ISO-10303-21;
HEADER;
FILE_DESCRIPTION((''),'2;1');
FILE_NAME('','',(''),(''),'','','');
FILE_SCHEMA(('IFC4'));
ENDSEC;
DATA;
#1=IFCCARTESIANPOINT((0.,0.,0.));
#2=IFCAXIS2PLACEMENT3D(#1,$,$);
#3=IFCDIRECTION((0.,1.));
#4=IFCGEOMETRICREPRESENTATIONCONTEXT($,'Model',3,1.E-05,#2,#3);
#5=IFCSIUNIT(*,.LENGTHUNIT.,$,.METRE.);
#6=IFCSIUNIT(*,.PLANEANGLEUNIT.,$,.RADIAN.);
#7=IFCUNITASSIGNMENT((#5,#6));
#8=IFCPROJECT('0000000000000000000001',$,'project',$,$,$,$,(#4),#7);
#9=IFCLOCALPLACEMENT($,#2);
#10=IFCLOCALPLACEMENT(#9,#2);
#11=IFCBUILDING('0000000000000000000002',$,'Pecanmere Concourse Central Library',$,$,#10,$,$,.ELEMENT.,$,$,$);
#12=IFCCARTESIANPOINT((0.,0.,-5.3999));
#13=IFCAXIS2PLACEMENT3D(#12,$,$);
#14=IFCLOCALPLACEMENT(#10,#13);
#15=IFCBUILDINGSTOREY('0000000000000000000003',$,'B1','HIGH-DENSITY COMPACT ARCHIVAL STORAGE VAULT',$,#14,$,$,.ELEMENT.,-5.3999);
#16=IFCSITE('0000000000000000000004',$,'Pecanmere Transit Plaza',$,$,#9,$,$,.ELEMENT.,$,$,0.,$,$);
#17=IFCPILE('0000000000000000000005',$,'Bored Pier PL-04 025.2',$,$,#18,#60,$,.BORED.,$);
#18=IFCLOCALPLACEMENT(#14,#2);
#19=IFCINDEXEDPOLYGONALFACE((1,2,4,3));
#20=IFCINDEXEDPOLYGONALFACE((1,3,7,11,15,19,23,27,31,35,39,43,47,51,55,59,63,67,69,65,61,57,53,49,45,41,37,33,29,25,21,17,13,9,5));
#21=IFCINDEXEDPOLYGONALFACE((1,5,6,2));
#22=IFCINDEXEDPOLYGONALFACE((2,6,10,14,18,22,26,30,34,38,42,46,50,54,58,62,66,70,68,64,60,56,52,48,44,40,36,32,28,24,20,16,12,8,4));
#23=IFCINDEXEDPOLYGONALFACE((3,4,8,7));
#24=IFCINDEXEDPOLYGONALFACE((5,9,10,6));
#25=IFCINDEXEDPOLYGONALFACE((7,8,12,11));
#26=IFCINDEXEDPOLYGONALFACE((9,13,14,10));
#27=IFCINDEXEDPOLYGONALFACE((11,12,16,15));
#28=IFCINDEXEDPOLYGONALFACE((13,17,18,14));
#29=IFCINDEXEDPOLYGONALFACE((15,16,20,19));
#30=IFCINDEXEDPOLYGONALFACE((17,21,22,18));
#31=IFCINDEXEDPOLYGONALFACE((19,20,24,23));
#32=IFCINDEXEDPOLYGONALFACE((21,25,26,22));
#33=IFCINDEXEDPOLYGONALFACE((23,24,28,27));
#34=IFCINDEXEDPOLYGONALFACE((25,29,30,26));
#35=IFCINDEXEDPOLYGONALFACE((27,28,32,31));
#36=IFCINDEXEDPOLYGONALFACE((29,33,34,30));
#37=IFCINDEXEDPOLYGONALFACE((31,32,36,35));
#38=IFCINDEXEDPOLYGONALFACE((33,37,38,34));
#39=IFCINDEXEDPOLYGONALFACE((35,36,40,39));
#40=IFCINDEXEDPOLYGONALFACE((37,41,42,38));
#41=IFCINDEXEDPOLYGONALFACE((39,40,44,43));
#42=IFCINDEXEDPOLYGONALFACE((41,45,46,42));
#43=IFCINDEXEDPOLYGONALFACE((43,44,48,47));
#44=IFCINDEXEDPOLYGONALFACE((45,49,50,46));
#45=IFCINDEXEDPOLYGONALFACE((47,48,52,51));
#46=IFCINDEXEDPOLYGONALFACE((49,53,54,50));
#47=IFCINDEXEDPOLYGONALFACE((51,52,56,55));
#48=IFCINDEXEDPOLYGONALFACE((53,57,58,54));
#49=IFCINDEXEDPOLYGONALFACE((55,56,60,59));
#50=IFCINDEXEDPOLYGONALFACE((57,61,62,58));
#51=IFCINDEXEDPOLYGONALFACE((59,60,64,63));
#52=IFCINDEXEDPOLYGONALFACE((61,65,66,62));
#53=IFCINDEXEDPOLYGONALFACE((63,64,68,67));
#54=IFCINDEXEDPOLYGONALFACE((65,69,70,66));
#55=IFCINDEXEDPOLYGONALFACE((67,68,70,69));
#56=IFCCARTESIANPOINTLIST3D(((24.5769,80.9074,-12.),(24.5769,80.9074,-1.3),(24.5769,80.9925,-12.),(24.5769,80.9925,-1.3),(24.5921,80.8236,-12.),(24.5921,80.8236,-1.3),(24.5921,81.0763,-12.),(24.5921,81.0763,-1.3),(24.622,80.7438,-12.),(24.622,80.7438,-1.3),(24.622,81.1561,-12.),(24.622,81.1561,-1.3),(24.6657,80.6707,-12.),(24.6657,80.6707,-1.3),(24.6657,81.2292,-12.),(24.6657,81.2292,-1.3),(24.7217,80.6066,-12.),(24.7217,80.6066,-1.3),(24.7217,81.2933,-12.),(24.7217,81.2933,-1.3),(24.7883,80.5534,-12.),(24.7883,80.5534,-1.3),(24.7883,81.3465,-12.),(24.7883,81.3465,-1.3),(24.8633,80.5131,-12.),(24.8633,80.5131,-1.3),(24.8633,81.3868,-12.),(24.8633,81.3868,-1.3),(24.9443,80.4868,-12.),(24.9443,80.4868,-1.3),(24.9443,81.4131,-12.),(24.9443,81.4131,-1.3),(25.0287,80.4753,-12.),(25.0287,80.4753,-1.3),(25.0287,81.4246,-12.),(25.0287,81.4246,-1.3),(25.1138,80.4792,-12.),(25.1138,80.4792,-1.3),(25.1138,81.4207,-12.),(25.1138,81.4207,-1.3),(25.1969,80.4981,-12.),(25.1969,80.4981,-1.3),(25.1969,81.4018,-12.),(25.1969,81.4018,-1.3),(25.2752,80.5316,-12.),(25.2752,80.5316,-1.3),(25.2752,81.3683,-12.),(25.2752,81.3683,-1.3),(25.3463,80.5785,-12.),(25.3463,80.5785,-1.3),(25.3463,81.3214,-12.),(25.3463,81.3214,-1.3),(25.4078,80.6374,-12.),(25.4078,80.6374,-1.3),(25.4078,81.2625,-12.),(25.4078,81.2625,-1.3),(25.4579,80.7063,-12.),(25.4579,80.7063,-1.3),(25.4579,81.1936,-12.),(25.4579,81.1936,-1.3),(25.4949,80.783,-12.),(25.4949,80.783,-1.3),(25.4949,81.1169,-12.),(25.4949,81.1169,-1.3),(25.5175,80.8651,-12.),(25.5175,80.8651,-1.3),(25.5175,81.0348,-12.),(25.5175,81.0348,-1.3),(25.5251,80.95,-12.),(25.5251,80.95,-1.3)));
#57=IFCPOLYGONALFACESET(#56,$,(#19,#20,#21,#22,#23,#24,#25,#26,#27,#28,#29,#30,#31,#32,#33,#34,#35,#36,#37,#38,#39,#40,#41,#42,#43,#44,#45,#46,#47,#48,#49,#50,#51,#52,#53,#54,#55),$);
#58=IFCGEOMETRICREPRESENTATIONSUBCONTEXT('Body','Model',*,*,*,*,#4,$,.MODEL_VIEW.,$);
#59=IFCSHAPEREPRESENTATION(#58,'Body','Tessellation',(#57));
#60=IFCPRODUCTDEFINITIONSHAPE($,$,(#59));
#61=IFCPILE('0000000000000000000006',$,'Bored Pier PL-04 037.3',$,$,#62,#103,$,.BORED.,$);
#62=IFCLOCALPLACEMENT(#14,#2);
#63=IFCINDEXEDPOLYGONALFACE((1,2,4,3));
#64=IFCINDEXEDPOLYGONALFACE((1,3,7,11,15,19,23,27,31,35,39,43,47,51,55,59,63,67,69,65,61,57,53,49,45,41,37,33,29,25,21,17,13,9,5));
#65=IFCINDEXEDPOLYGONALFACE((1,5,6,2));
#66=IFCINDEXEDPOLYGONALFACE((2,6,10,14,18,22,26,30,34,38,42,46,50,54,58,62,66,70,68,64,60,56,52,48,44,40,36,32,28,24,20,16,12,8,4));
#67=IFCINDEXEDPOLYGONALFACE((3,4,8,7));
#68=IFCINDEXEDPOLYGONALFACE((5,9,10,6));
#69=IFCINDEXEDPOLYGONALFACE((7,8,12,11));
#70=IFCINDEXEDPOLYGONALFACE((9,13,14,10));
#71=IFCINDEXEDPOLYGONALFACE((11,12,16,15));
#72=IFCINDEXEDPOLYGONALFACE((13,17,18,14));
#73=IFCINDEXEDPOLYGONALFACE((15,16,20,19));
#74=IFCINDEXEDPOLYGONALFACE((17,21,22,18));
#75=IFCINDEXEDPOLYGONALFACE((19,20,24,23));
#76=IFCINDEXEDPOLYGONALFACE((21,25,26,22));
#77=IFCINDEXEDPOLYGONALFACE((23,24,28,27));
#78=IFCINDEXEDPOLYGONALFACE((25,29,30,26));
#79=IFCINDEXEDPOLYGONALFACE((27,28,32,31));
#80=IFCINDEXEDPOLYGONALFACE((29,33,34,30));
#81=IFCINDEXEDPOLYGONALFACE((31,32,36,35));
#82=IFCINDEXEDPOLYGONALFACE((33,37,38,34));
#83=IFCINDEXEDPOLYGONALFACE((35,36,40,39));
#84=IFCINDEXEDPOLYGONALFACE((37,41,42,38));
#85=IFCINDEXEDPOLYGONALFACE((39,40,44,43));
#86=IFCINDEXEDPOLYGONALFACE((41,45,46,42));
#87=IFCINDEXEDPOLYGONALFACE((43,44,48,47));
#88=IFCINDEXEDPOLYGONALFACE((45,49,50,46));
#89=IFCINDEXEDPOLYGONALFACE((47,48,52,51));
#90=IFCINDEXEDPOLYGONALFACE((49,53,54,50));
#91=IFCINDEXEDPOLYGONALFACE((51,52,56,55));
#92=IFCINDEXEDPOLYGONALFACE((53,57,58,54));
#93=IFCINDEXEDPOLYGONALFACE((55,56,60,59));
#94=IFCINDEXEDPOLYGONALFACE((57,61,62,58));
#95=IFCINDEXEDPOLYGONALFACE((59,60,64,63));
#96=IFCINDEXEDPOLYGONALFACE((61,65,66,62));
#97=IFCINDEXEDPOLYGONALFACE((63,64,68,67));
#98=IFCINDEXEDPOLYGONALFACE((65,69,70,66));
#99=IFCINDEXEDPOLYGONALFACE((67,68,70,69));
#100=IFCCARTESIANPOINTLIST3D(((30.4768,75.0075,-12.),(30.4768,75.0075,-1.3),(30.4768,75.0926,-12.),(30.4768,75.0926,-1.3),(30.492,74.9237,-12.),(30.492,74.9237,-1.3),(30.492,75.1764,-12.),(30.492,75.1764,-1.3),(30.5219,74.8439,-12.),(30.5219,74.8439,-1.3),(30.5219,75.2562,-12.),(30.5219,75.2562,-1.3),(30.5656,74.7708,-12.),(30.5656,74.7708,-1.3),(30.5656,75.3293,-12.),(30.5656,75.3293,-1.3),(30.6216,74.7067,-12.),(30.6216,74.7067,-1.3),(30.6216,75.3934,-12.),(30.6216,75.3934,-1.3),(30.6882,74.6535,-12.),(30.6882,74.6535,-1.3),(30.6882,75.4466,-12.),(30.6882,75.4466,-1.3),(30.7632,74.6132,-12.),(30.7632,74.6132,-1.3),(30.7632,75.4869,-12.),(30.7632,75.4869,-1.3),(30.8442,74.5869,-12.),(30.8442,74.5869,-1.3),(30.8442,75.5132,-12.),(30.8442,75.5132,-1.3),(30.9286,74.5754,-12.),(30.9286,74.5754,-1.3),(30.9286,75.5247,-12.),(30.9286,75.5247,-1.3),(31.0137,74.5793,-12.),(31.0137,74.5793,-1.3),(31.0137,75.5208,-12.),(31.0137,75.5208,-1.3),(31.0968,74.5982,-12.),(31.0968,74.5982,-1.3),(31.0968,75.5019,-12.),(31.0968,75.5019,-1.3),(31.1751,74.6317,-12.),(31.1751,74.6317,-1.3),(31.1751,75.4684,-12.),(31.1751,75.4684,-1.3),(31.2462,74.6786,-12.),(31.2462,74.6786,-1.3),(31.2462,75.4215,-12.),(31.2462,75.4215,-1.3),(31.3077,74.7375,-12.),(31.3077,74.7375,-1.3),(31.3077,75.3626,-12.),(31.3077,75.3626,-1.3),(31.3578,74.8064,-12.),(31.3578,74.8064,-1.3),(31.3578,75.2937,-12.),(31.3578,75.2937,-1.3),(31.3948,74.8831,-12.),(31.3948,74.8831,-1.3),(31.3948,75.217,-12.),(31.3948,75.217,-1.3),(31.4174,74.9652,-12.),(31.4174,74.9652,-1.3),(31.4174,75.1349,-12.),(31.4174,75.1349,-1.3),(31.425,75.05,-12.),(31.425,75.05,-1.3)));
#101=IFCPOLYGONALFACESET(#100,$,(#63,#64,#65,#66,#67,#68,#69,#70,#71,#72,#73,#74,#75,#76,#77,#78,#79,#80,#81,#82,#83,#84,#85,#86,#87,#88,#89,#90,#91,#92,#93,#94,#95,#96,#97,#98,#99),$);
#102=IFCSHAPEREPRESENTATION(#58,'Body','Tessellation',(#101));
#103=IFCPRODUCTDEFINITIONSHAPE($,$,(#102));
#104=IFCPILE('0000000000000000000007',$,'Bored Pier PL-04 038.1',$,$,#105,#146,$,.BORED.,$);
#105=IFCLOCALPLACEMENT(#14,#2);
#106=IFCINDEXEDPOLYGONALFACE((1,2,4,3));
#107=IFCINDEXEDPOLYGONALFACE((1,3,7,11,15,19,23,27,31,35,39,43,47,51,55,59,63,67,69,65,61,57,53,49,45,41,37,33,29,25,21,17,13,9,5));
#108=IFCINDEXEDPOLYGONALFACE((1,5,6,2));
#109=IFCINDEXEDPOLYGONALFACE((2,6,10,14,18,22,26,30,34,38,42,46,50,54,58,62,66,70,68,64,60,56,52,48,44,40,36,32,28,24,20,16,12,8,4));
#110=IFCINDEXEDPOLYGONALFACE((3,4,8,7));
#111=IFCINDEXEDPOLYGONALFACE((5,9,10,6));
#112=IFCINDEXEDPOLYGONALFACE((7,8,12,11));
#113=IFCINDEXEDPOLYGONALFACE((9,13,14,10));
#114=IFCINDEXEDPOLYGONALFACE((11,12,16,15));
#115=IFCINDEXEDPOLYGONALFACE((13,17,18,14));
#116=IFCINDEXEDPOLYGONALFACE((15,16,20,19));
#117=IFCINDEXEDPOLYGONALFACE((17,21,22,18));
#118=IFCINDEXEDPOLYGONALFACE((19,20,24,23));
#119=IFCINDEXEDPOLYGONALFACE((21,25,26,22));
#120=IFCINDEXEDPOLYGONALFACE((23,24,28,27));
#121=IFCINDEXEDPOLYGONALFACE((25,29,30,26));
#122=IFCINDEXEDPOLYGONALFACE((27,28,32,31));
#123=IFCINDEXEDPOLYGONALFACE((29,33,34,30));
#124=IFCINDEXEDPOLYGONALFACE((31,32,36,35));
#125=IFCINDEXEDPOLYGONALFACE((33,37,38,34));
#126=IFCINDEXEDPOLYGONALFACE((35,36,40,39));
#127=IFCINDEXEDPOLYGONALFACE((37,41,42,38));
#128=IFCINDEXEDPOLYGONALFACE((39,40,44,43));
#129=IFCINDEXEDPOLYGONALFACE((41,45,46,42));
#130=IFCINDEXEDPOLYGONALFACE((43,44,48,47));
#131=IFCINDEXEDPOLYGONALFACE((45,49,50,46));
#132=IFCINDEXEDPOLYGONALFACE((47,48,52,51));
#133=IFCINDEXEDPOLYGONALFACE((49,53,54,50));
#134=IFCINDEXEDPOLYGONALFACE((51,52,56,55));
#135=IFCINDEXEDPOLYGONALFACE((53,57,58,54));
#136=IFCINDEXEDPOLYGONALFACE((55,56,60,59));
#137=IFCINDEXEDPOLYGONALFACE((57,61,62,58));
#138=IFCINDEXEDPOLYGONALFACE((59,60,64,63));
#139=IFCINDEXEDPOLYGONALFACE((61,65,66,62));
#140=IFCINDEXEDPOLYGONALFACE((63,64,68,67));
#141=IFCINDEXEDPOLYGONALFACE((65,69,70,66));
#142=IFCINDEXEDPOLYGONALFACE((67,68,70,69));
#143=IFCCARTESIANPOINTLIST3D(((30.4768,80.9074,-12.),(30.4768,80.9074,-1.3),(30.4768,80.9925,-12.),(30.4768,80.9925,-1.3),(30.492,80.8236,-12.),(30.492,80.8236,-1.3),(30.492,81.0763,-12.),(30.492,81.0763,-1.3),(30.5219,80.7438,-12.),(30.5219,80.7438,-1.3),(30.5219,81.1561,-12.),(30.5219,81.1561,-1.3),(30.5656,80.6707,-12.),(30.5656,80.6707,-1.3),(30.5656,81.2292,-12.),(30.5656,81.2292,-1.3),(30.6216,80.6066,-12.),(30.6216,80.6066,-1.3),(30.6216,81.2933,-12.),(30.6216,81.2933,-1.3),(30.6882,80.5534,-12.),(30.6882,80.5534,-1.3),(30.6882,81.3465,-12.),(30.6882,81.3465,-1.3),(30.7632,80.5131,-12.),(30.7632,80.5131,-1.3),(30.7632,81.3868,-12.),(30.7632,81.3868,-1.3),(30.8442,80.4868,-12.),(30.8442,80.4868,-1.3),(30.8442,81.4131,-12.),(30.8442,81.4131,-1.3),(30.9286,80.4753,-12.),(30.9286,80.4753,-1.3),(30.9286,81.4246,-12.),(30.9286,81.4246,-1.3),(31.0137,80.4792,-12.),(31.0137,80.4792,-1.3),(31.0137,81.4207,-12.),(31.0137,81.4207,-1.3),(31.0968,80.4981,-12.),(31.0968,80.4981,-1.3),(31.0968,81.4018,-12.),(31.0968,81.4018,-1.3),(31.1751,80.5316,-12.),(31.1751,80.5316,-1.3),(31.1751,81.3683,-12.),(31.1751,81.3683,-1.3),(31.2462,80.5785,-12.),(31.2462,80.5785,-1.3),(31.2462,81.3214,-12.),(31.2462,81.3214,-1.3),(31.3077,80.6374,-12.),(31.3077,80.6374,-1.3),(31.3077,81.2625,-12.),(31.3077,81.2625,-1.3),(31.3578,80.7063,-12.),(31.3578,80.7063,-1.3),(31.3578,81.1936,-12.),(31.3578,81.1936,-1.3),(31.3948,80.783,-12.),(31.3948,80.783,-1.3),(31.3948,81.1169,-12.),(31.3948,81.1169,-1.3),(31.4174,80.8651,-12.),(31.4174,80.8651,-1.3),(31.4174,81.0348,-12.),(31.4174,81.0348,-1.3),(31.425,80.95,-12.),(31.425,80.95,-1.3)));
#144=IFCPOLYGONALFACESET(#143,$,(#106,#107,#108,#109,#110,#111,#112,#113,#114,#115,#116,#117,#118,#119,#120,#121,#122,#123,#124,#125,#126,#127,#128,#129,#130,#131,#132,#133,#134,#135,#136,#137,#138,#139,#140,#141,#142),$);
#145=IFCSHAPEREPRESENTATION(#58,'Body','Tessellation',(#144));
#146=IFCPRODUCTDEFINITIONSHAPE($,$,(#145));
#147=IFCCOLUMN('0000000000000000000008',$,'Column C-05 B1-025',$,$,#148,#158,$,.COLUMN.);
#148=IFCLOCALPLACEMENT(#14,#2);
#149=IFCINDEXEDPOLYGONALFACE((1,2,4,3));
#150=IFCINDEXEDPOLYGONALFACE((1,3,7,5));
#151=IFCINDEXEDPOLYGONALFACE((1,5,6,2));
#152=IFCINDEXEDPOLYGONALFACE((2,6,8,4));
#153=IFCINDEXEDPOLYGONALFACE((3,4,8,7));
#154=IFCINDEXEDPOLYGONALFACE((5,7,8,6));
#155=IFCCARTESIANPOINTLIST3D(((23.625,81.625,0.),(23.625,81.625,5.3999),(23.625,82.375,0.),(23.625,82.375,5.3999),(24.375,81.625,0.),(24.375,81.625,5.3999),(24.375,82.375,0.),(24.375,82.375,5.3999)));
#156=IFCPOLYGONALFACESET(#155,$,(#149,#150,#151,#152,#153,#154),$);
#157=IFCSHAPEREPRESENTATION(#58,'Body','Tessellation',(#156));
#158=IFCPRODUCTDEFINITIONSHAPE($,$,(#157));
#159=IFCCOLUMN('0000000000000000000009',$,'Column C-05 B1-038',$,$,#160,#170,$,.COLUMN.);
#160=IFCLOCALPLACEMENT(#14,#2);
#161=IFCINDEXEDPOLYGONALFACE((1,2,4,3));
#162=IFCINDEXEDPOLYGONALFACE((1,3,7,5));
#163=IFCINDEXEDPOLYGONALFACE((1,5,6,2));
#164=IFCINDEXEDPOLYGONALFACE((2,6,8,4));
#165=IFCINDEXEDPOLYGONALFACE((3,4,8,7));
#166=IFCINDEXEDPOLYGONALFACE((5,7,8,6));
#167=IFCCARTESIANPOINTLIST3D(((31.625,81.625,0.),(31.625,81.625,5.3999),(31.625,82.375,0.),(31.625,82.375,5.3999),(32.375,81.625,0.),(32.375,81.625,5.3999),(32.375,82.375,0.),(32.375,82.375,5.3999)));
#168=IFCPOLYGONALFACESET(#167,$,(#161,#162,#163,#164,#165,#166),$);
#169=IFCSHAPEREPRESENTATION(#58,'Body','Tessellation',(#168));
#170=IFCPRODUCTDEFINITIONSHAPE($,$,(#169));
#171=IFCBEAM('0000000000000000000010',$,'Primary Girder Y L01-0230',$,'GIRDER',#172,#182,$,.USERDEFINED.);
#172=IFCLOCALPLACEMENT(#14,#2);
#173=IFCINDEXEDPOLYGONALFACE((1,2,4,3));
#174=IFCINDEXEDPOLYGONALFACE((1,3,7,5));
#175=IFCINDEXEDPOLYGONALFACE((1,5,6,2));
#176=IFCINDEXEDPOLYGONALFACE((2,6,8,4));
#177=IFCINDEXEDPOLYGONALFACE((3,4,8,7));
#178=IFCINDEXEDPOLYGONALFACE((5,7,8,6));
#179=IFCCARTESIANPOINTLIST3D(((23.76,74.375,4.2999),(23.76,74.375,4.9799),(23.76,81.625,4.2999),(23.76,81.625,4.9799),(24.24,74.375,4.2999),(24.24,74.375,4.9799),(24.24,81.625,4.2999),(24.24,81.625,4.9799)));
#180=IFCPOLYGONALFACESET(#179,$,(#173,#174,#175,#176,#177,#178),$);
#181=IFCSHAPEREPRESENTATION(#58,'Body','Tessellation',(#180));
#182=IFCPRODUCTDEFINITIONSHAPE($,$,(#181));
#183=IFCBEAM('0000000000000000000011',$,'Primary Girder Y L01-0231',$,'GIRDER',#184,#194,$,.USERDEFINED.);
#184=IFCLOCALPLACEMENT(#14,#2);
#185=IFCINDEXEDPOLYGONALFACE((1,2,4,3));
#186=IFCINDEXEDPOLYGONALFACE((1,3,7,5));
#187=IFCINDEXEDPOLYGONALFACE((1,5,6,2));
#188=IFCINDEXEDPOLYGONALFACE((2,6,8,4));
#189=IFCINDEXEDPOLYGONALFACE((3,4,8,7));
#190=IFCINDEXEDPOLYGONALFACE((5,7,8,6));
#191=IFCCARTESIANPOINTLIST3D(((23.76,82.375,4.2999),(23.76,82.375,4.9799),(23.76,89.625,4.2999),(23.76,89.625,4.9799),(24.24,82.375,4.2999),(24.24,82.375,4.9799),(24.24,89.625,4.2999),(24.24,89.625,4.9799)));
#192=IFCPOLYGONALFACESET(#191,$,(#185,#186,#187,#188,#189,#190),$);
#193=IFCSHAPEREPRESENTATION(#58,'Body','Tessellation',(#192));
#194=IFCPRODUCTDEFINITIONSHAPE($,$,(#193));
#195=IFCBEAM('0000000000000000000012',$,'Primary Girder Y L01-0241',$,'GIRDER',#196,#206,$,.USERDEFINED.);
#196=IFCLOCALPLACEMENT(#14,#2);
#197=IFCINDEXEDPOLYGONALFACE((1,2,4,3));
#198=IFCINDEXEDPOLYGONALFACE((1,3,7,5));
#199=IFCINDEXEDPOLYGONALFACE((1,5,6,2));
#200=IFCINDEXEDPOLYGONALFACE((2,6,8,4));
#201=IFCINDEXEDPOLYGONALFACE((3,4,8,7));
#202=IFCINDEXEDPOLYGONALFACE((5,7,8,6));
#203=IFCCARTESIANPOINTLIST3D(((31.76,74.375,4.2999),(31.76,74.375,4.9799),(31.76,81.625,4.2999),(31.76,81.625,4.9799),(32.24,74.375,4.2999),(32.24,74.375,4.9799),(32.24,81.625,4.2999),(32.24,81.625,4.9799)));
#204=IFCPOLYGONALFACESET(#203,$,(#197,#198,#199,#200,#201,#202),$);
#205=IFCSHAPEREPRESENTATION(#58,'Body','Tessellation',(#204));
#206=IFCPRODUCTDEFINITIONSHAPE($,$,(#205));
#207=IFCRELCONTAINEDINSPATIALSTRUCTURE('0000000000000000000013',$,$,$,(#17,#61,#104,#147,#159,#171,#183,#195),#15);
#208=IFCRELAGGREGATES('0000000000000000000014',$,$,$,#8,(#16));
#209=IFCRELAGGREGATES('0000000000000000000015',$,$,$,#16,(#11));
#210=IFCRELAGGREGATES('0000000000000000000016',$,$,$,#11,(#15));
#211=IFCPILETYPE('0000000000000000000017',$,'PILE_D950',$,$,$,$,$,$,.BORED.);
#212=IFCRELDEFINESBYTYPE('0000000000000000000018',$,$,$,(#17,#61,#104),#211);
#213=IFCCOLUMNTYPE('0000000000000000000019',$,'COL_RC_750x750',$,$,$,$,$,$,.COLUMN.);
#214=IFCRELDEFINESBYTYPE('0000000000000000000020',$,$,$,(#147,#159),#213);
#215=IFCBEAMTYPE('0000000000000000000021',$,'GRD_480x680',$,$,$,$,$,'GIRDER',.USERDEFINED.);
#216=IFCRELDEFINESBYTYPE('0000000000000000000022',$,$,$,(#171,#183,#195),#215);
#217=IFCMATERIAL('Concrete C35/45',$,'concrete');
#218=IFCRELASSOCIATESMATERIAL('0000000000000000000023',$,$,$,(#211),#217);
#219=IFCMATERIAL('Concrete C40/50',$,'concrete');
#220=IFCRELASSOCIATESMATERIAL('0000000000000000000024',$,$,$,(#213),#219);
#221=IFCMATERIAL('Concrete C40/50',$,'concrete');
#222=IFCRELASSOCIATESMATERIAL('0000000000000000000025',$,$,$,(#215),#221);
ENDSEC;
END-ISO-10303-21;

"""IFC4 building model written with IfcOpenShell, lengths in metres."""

from ifc_helpers import new_model, si_unit, direction, frame, origin, origin_2d, place, context, subcontext, project, spatial, rectangle, circle, extrude, material, material_profile, profile_set, type_object, element, save


model = new_model("IFC4")

# Units and contexts
model_context = context("Model", 3, precision=1e-05, world=origin(), true_north=direction((0.0, 1.0)))
body_context = subcontext(model_context, "Body", "Model", "MODEL_VIEW")
ifc_project = project(units=[si_unit("LENGTHUNIT", "METRE"), si_unit("PLANEANGLEUNIT", "RADIAN")], contexts=[model_context])

# Site, building, storey
site_placement = place(None, origin())
site = spatial("IfcSite", under=ifc_project, at=site_placement, Name="Pecanmere Transit Plaza", CompositionType="ELEMENT", RefElevation=0.0)
building_placement = place(site_placement, origin())
building = spatial("IfcBuilding", under=site, at=building_placement, Name="Pecanmere Concourse Central Library", CompositionType="ELEMENT")
storey_placement = place(building_placement, frame((0.0, 0.0, -5.3999)))
storey = spatial("IfcBuildingStorey", under=building, at=storey_placement, Name="B1", Description="HIGH-DENSITY COMPACT ARCHIVAL STORAGE VAULT", CompositionType="ELEMENT", Elevation=-5.3999)

# Piles
ifc_material_1 = material(Name="Concrete C35/45", Category="concrete")
ifc_material_profile_1 = material_profile(ifc_material_1, circle(Radius=0.4751, at=origin_2d()), Name="PIER D950")
ifc_profile_set_1 = profile_set([ifc_material_profile_1], Name="Concrete C35/45")
pile_type = type_object("IfcPileType", Name="PILE_D950", PredefinedType="BORED", material=ifc_profile_set_1)
for number, where, z_axis, x_axis, name in (
    (1, (25.05, 80.95, -1.3), (0.0, 0.0, -1.0), (1.0, 0.0, 0.0), "Bored Pier PL-04 025.2"),
    (2, (30.95, 75.05, -1.3), (0.0, 0.0, -1.0), (1.0, 0.0, 0.0), "Bored Pier PL-04 037.3"),
    (3, (30.95, 80.95, -1.3), (0.0, 0.0, -1.0), (1.0, 0.0, 0.0), "Bored Pier PL-04 038.1"),
):
    element("IfcPile", number, at=place(storey_placement, frame(where, z_axis=z_axis, x_axis=x_axis)), inside=storey, type_object=pile_type, Name=name, PredefinedType="BORED", context=body_context, shape_type="SweptSolid", body=[
        extrude(circle(Radius=0.4751, at=origin_2d()), origin(), (0.0, 0.0, 1.0), 10.7),
    ])

# Columns
ifc_material_2 = material(Name="Concrete C40/50", Category="concrete")
ifc_material_profile_2 = material_profile(ifc_material_2, rectangle(XDim=0.75, YDim=0.75, at=origin_2d()), Name="RC 750x750")
ifc_profile_set_2 = profile_set([ifc_material_profile_2], Name="Concrete C40/50")
column_type = type_object("IfcColumnType", Name="COL_RC_750x750", PredefinedType="COLUMN", material=ifc_profile_set_2)
for number, where, z_axis, x_axis, name in (
    (4, (24.0, 82.0, 0.0), (0.0, 0.0, 1.0), (1.0, 0.0, 0.0), "Column C-05 B1-025"),
    (5, (32.0, 82.0, 0.0), (0.0, 0.0, 1.0), (1.0, 0.0, 0.0), "Column C-05 B1-038"),
):
    element("IfcColumn", number, at=place(storey_placement, frame(where, z_axis=z_axis, x_axis=x_axis)), inside=storey, type_object=column_type, Name=name, PredefinedType="COLUMN", context=body_context, shape_type="SweptSolid", body=[
        extrude(rectangle(XDim=0.75, YDim=0.75, at=origin_2d()), origin(), (0.0, 0.0, 1.0), 5.3999),
    ])

# Beams
ifc_material_3 = material(Name="Concrete C40/50", Category="concrete")
ifc_material_profile_3 = material_profile(ifc_material_3, rectangle(XDim=0.48, YDim=0.6799, at=origin_2d()), Name="RC 480x680")
ifc_profile_set_3 = profile_set([ifc_material_profile_3], Name="Concrete C40/50")
beam_type_1 = type_object("IfcBeamType", Name="GRD_480x680", ElementType="GIRDER", PredefinedType="USERDEFINED", material=ifc_profile_set_3)
for number, where, z_axis, x_axis, name in (
    (6, (24.0, 74.375, 4.6399), (0.0, 1.0, 0.0), (-1.0, 0.0, 0.0), "Primary Girder Y L01-0230"),
    (7, (24.0, 82.375, 4.6399), (0.0, 1.0, 0.0), (-1.0, 0.0, 0.0), "Primary Girder Y L01-0231"),
    (8, (32.0, 74.375, 4.6399), (0.0, 1.0, 0.0), (-1.0, 0.0, 0.0), "Primary Girder Y L01-0241"),
):
    element("IfcBeam", number, at=place(storey_placement, frame(where, z_axis=z_axis, x_axis=x_axis)), inside=storey, type_object=beam_type_1, Name=name, ObjectType="GIRDER", PredefinedType="USERDEFINED", context=body_context, shape_type="SweptSolid", body=[
        extrude(rectangle(XDim=0.48, YDim=0.6799, at=origin_2d()), origin(), (0.0, 0.0, 1.0), 7.25),
    ])

save(model, "model.ifc")
